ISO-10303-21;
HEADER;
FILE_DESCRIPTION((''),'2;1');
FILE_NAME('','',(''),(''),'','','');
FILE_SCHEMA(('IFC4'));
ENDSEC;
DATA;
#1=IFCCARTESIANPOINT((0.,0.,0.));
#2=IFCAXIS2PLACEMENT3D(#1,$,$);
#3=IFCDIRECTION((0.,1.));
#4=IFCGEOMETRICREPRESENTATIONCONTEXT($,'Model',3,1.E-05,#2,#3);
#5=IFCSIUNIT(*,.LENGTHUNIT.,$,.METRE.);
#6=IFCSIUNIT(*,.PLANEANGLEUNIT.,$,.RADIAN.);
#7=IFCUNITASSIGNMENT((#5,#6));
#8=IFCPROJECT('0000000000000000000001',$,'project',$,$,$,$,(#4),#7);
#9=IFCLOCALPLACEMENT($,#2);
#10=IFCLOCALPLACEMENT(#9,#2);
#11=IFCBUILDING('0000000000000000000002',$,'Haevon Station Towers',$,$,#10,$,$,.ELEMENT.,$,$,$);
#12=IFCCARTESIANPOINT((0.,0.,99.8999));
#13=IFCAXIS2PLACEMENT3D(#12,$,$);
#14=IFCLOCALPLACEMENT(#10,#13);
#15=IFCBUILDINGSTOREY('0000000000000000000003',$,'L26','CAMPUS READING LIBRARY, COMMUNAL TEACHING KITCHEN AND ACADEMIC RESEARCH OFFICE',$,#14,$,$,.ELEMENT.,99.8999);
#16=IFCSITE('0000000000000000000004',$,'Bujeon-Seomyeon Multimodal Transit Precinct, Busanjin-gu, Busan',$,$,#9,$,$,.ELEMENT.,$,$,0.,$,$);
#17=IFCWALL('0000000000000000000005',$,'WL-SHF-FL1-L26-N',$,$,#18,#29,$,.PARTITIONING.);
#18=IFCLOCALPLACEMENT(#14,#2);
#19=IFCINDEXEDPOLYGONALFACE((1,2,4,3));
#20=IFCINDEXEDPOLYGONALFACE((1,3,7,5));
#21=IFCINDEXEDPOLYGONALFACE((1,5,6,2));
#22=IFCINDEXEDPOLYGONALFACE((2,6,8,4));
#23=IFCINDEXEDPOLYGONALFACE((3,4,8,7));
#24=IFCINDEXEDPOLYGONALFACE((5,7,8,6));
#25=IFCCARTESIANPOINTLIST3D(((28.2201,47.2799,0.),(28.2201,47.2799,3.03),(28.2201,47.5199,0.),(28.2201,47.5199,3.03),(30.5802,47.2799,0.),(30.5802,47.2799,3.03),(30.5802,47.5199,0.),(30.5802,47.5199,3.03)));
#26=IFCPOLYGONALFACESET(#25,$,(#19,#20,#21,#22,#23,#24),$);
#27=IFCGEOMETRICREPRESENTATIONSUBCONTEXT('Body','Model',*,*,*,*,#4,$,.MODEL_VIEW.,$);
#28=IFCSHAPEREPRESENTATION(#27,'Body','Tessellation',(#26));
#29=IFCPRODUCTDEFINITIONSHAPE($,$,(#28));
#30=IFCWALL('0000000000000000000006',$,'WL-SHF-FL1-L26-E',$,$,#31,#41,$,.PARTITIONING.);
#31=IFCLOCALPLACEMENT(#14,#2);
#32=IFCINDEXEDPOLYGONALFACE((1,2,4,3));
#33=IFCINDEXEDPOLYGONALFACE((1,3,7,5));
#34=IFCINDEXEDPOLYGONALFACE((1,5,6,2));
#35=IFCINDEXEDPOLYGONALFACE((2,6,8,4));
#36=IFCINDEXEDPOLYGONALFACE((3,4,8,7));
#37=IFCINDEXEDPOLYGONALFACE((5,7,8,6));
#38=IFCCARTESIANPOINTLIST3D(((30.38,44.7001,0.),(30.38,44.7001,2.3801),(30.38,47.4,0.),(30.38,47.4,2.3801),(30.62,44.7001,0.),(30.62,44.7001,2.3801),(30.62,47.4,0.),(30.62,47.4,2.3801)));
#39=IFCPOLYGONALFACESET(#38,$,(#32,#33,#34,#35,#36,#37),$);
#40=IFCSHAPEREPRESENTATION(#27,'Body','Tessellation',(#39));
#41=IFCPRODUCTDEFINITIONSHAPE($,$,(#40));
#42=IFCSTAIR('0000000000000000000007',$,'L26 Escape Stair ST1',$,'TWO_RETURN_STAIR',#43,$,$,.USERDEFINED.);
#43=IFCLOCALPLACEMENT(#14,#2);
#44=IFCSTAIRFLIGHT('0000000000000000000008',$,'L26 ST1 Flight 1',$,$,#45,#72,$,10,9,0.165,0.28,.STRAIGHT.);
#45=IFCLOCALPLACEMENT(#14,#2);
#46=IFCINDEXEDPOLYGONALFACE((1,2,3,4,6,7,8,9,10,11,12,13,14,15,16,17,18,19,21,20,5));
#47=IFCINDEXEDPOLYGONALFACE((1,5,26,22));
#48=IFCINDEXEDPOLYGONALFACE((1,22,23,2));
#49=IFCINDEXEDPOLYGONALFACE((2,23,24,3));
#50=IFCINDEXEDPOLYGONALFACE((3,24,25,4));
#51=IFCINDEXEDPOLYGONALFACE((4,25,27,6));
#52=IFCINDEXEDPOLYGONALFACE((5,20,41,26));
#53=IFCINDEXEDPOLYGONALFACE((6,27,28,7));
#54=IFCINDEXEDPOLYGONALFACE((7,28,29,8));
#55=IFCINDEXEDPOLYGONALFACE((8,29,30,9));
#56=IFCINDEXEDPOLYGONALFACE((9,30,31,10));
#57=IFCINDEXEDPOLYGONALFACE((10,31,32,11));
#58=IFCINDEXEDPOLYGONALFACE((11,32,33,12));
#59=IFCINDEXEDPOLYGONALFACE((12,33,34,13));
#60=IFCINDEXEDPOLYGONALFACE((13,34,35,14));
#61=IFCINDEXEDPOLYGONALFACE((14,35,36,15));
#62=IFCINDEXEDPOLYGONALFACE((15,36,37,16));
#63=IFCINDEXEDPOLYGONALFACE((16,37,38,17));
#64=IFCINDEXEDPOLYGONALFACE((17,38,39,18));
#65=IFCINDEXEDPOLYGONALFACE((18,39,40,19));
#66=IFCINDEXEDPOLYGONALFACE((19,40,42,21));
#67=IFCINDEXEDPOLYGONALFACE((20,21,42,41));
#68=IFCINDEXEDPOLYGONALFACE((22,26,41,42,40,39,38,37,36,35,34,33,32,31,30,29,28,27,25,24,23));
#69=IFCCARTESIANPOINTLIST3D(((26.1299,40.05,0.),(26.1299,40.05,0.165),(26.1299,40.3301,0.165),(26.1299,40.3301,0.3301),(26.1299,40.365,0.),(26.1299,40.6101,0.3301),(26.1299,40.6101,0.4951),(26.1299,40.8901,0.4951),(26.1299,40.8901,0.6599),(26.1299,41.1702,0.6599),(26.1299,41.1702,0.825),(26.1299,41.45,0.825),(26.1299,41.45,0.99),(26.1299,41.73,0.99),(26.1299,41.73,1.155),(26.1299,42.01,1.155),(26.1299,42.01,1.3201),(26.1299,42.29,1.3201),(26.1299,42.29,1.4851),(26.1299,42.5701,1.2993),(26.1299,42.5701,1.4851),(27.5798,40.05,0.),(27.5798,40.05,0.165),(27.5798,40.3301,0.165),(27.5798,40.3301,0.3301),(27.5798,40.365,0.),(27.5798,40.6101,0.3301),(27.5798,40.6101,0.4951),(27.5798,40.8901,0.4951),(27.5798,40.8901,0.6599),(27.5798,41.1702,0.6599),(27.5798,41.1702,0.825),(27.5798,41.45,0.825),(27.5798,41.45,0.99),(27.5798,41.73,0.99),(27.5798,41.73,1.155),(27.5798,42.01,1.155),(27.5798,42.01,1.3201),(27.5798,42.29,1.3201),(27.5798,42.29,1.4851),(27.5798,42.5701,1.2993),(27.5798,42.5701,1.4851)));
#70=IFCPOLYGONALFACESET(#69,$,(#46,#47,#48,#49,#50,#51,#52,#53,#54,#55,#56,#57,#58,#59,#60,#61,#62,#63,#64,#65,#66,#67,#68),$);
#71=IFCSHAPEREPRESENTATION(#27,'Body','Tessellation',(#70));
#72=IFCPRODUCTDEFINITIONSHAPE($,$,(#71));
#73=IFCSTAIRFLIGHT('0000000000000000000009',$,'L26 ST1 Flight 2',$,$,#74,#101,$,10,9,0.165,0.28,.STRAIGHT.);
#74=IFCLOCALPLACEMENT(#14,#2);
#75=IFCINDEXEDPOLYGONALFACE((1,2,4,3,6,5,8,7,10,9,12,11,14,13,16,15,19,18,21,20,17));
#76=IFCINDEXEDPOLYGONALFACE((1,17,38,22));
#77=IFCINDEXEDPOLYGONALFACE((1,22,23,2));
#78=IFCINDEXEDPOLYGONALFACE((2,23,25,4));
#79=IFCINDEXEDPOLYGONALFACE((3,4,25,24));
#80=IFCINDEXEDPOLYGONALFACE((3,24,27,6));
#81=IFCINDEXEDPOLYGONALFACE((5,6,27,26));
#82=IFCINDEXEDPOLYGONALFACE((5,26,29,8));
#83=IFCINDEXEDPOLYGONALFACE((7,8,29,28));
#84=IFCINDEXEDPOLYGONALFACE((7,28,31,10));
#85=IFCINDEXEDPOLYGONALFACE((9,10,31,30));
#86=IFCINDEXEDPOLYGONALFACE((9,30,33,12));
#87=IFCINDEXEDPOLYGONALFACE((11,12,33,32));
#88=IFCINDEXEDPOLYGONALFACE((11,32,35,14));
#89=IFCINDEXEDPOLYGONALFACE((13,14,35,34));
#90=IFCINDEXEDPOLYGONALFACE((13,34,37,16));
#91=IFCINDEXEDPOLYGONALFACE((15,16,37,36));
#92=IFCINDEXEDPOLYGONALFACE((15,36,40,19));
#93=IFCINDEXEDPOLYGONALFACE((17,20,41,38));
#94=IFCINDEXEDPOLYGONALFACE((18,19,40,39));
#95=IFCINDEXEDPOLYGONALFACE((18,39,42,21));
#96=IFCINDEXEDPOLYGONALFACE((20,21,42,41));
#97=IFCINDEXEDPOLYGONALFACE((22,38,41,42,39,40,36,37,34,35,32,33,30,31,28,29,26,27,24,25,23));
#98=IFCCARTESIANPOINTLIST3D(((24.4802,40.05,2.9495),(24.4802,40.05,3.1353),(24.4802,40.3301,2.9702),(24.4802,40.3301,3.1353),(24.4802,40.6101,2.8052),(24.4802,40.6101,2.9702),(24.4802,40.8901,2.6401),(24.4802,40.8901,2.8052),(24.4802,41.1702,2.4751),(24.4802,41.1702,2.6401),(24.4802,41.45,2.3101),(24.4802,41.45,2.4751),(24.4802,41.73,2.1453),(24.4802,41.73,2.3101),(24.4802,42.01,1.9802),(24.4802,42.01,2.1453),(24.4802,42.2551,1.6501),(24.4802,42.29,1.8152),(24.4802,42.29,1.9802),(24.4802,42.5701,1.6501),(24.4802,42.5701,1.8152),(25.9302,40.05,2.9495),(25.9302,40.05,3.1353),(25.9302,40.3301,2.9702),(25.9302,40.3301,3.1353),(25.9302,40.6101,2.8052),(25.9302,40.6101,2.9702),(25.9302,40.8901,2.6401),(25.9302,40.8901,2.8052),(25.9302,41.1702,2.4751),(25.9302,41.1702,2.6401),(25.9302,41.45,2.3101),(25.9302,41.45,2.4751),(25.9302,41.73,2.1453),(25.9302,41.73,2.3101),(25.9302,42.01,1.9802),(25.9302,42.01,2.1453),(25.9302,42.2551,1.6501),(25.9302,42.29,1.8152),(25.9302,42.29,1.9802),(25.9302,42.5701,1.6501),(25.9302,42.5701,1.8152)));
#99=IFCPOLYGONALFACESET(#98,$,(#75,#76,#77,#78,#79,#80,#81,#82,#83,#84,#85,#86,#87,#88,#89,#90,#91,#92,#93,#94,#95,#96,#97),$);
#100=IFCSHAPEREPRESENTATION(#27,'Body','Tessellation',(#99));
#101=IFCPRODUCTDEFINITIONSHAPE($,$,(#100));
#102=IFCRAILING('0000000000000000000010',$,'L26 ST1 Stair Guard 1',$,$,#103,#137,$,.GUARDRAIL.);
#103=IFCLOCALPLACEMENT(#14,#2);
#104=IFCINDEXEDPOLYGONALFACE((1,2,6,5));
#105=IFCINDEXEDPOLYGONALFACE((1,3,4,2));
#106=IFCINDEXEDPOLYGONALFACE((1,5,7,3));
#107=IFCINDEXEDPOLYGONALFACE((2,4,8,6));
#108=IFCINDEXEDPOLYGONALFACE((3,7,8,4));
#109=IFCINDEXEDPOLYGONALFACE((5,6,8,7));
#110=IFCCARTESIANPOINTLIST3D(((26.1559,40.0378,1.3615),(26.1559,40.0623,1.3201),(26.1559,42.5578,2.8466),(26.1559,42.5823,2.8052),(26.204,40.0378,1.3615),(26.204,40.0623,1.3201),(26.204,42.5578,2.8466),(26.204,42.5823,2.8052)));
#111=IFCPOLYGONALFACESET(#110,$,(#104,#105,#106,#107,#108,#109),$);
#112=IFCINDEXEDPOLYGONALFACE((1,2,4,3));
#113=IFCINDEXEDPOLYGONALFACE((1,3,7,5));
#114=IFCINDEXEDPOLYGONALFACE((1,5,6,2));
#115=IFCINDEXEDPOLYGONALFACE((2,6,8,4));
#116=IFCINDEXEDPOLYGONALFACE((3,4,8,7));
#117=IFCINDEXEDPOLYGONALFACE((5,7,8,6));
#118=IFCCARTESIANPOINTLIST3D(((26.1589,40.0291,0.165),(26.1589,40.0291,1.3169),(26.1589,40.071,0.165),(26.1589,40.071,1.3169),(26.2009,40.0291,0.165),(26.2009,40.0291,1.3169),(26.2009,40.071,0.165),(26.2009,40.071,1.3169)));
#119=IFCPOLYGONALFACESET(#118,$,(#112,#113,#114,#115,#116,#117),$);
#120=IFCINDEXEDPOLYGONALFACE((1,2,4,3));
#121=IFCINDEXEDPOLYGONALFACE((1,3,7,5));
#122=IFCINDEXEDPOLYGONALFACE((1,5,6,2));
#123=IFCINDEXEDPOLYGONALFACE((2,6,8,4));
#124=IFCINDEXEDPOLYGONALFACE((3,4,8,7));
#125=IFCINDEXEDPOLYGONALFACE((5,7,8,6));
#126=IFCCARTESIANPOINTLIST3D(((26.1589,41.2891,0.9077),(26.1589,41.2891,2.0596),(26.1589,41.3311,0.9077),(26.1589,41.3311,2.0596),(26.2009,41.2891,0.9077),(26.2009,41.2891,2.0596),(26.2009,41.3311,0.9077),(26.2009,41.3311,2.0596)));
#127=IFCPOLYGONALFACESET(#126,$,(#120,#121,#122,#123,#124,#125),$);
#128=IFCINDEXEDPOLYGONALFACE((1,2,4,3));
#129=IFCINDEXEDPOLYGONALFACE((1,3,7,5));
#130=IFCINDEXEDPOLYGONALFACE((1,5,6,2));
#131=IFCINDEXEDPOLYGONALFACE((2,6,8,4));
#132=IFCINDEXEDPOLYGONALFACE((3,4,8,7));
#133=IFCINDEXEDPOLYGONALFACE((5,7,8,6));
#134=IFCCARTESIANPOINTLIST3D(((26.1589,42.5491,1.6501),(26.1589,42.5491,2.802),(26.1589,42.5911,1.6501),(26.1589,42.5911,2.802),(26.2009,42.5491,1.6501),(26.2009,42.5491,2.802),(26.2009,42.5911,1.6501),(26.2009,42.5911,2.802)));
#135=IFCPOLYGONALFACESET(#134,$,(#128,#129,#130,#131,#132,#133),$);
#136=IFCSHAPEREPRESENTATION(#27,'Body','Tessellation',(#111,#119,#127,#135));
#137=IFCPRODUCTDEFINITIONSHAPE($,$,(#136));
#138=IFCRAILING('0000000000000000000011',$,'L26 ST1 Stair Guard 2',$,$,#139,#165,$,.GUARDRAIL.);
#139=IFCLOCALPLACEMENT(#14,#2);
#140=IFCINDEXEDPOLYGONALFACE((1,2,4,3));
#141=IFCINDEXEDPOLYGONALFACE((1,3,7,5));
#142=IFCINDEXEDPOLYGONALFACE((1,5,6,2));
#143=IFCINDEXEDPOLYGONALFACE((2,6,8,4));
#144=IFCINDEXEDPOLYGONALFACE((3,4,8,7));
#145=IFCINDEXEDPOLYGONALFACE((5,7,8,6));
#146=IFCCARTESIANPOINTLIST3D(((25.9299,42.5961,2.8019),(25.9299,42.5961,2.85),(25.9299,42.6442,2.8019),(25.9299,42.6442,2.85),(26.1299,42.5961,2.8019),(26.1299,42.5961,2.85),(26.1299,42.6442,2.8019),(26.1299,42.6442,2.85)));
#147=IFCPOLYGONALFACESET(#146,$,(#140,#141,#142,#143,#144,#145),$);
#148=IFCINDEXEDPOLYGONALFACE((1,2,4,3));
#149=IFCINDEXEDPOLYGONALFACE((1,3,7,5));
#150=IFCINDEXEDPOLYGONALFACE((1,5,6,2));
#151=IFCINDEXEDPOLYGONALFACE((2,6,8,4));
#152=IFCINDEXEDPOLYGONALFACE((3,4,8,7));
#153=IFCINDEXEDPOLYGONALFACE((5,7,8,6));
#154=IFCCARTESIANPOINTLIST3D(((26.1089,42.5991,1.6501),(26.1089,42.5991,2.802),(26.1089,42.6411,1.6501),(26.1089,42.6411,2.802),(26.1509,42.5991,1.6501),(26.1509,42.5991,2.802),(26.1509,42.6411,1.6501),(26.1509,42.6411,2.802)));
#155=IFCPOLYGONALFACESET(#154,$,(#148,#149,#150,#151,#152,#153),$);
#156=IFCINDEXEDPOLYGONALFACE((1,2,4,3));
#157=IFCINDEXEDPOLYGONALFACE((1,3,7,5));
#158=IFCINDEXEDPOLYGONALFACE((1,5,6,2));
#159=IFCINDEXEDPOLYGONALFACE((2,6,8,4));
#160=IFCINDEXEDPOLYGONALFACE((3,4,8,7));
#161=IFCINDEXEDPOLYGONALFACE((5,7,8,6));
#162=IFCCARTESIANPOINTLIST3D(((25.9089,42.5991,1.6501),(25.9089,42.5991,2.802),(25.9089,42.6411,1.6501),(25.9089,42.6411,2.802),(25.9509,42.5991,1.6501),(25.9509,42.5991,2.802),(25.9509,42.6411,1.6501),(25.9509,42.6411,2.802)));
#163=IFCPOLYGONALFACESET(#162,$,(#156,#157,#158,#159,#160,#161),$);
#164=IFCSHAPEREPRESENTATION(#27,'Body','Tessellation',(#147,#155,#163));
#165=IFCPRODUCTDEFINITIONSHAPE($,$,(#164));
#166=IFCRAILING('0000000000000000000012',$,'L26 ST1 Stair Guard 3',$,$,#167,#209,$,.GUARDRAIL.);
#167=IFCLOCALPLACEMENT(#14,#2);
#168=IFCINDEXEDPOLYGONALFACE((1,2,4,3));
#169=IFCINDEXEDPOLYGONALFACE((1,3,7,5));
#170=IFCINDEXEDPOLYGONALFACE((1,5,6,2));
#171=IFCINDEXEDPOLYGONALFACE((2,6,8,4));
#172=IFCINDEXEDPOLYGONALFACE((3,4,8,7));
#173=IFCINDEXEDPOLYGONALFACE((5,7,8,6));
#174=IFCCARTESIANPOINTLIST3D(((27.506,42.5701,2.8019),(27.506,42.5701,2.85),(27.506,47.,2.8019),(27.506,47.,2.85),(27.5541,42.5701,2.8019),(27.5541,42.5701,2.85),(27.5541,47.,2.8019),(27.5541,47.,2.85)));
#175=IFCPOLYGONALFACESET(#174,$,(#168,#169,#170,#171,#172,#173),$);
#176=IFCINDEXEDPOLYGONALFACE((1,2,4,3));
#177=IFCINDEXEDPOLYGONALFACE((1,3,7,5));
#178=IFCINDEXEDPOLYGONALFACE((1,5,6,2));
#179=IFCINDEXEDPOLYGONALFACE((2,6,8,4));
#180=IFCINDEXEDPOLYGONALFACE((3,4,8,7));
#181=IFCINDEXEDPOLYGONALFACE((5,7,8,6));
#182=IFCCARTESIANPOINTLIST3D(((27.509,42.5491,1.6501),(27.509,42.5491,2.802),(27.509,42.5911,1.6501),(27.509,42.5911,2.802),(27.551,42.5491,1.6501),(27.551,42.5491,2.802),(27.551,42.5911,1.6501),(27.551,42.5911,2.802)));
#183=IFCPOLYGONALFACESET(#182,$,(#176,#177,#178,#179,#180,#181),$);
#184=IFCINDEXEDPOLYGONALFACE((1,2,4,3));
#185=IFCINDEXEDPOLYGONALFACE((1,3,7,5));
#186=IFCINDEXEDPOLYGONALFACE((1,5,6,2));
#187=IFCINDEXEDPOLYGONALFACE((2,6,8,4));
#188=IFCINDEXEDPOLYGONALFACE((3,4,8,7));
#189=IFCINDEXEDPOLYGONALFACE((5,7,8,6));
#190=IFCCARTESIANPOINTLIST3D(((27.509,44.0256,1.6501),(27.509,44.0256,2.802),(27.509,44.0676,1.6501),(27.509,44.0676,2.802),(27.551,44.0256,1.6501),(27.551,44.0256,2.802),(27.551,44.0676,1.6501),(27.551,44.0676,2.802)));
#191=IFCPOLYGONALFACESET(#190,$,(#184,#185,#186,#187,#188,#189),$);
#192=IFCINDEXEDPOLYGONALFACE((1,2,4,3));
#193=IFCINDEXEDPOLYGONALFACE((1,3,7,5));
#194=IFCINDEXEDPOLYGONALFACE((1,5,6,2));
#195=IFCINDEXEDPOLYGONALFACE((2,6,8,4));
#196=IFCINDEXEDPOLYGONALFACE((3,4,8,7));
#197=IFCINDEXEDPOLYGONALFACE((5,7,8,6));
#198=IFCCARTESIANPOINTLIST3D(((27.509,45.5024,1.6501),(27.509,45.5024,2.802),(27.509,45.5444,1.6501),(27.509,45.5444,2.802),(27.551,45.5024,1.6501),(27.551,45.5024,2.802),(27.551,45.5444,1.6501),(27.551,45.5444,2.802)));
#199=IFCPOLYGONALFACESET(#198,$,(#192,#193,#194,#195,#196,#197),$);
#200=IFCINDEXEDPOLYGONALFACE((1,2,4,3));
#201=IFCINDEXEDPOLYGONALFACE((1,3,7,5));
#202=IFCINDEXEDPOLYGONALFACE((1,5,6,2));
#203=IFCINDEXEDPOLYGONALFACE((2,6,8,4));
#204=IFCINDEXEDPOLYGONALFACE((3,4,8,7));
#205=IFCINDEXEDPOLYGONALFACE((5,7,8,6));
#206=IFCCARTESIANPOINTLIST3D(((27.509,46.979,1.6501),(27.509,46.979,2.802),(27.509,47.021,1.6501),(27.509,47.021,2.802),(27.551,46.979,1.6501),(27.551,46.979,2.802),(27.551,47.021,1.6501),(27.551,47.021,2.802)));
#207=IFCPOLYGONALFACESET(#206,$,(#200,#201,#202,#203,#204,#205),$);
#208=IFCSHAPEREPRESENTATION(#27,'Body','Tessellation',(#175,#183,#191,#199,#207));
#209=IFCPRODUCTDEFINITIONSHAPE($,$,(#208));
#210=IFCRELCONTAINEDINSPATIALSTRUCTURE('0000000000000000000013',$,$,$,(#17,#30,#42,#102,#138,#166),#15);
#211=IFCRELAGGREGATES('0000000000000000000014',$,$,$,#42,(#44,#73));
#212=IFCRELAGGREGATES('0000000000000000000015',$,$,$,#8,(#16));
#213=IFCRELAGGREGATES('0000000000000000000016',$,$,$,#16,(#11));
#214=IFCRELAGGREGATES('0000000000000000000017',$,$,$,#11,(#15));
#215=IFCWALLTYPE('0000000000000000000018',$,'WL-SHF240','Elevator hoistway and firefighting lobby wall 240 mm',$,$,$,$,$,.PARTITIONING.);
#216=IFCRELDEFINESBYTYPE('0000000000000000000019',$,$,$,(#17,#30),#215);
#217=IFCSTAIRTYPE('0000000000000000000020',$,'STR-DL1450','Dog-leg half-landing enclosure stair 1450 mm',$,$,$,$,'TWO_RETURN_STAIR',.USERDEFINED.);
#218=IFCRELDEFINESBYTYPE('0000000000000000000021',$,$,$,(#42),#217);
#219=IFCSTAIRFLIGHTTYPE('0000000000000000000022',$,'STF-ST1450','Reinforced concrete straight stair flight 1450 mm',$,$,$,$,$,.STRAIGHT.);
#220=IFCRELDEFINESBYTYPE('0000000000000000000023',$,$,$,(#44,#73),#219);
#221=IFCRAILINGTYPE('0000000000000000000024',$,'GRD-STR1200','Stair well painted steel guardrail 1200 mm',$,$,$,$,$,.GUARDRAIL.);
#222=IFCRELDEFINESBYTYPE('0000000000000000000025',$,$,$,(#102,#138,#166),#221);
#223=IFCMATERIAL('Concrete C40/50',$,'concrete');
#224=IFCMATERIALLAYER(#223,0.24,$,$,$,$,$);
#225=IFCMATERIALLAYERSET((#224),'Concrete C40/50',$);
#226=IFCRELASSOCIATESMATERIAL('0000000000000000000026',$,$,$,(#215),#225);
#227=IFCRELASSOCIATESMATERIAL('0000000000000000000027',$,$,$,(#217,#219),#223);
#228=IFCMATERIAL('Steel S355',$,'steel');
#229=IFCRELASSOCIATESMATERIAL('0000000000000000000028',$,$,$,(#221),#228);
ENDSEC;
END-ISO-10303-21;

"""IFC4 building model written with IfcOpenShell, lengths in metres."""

from ifc_helpers import new_model, si_unit, direction, frame, frame_2d, origin, origin_2d, place, context, subcontext, project, spatial, polyline, rectangle, outline, extrude, material, layer, layer_set, type_object, element, aggregate, save


model = new_model("IFC4")

# Units and contexts
model_context = context("Model", 3, precision=1e-05, world=origin(), true_north=direction((0.0, 1.0)))
body_context = subcontext(model_context, "Body", "Model", "MODEL_VIEW")
ifc_project = project(units=[si_unit("LENGTHUNIT", "METRE"), si_unit("PLANEANGLEUNIT", "RADIAN")], contexts=[model_context])

# Site, building, storey
site_placement = place(None, origin())
site = spatial("IfcSite", under=ifc_project, at=site_placement, Name="Bujeon-Seomyeon Multimodal Transit Precinct, Busanjin-gu, Busan", CompositionType="ELEMENT", RefElevation=0.0)
building_placement = place(site_placement, origin())
building = spatial("IfcBuilding", under=site, at=building_placement, Name="Haevon Station Towers", CompositionType="ELEMENT")
storey_placement = place(building_placement, frame((0.0, 0.0, 99.8999)))
storey = spatial("IfcBuildingStorey", under=building, at=storey_placement, Name="L26", Description="CAMPUS READING LIBRARY, COMMUNAL TEACHING KITCHEN AND ACADEMIC RESEARCH OFFICE", CompositionType="ELEMENT", Elevation=99.8999)

# Shared definitions
ifc_material_1 = material(Name="Steel S355", Category="steel")

# Shared definitions
ifc_material_2 = material(Name="Concrete C40/50", Category="concrete")
ifc_layer_1 = layer(ifc_material_2, 0.24)
ifc_layer_set_1 = layer_set([ifc_layer_1], Name="Concrete C40/50")
wall_type_1 = type_object("IfcWallType", Name="WL-SHF240", Description="Elevator hoistway and firefighting lobby wall 240 mm", PredefinedType="PARTITIONING", material=ifc_layer_set_1)

# Walls
wall_1_placement = place(storey_placement, frame((28.22, 47.3999, 0.0), z_axis=(0.0, 0.0, 1.0), x_axis=(1.0, 0.0, 0.0)))
element("IfcWall", 1, at=wall_1_placement, inside=storey, type_object=wall_type_1, Name="WL-SHF-FL1-L26-N", PredefinedType="PARTITIONING", context=body_context, shape_type="SweptSolid", body=[
    extrude(rectangle(XDim=2.3601, YDim=0.24, at=frame_2d((1.1802, 0.0))), origin(), (0.0, 0.0, 1.0), 3.03),
])
wall_2_placement = place(storey_placement, frame((30.5, 44.7, 0.0), z_axis=(0.0, 0.0, 1.0), x_axis=(0.0, 1.0, 0.0)))
element("IfcWall", 2, at=wall_2_placement, inside=storey, type_object=wall_type_1, Name="WL-SHF-FL1-L26-E", PredefinedType="PARTITIONING", context=body_context, shape_type="SweptSolid", body=[
    extrude(rectangle(XDim=2.7, YDim=0.24, at=frame_2d((1.3501, 0.0))), origin(), (0.0, 0.0, 1.0), 2.3801),
])

# Stair, stair flights
stair_type = type_object("IfcStairType", Name="STR-DL1450", Description="Dog-leg half-landing enclosure stair 1450 mm", ElementType="TWO_RETURN_STAIR", PredefinedType="USERDEFINED", material=ifc_material_2)
stair_placement = place(storey_placement, origin())
stair = element("IfcStair", 3, at=stair_placement, inside=storey, type_object=stair_type, Name="L26 Escape Stair ST1", ObjectType="TWO_RETURN_STAIR", PredefinedType="USERDEFINED")
stair_flight_type = type_object("IfcStairFlightType", Name="STF-ST1450", Description="Reinforced concrete straight stair flight 1450 mm", PredefinedType="STRAIGHT", material=ifc_material_2)
stair_flight_1_placement = place(storey_placement, frame((26.855, 40.05, 0.0), z_axis=(0.0, 0.0, 1.0), x_axis=(0.0, 1.0, 0.0)))
stair_flight_1 = element("IfcStairFlight", 4, at=stair_flight_1_placement, type_object=stair_flight_type, Name="L26 ST1 Flight 1", NumberOfRisers=10, NumberOfTreads=9, PredefinedType="STRAIGHT", RiserHeight=0.165, TreadLength=0.28, context=body_context, shape_type="SweptSolid", body=[
    extrude(outline(polyline([(0.0, 0.0), (0.0, 0.165), (0.28, 0.165), (0.28, 0.3301), (0.5601, 0.3301), (0.5601, 0.4951), (0.8401, 0.4951), (0.8401, 0.6599), (1.1201, 0.6599), (1.1201, 0.825), (1.3999, 0.825), (1.3999, 0.99), (1.6799, 0.99), (1.6799, 1.155), (1.96, 1.155), (1.96, 1.3201), (2.24, 1.3201), (2.24, 1.4851), (2.52, 1.4851), (2.52, 1.6499), (2.52, 1.2993), (0.3149, 0.0), (0.0, 0.0)])), frame((0.0, 0.7251, 0.0), z_axis=(0.0, -1.0, 0.0), x_axis=(1.0, 0.0, 0.0)), (0.0, 0.0, 1.0), 1.45),
])
stair_flight_2_placement = place(storey_placement, frame((25.2051, 42.5701, 1.6501), z_axis=(0.0, 0.0, 1.0), x_axis=(0.0, -1.0, 0.0)))
stair_flight_2 = element("IfcStairFlight", 5, at=stair_flight_2_placement, type_object=stair_flight_type, Name="L26 ST1 Flight 2", NumberOfRisers=10, NumberOfTreads=9, PredefinedType="STRAIGHT", RiserHeight=0.165, TreadLength=0.28, context=body_context, shape_type="SweptSolid", body=[
    extrude(outline(polyline([(0.0, 0.0), (0.0, 0.165), (0.28, 0.165), (0.28, 0.3301), (0.5601, 0.3301), (0.5601, 0.4951), (0.8401, 0.4951), (0.8401, 0.6599), (1.1201, 0.6599), (1.1201, 0.825), (1.3999, 0.825), (1.3999, 0.99), (1.6799, 0.99), (1.6799, 1.155), (1.96, 1.155), (1.96, 1.3201), (2.24, 1.3201), (2.24, 1.4851), (2.52, 1.4851), (2.52, 1.6499), (2.52, 1.2993), (0.3149, 0.0), (0.0, 0.0)])), frame((0.0, 0.7251, 0.0), z_axis=(0.0, -1.0, 0.0), x_axis=(1.0, 0.0, 0.0)), (0.0, 0.0, 1.0), 1.45),
])
aggregate(stair, [stair_flight_1, stair_flight_2])

# Railings
railing_type_1 = type_object("IfcRailingType", Name="GRD-STR1200", Description="Stair well painted steel guardrail 1200 mm", PredefinedType="GUARDRAIL", material=ifc_material_1)
railing_1_placement = place(storey_placement, frame((26.1799, 40.05, 0.165)))
element("IfcRailing", 6, at=railing_1_placement, inside=storey, type_object=railing_type_1, Name="L26 ST1 Stair Guard 1", PredefinedType="GUARDRAIL", context=body_context, shape_type="SweptSolid", body=[
    extrude(rectangle(XDim=0.0481, YDim=0.0481, at=origin_2d()), frame((0.0, 0.0, 1.1758), z_axis=(0.0, 0.861524, 0.507717), x_axis=(-1.0, 0.0, 0.0)), (0.0, 0.0, 1.0), 2.925),
    extrude(rectangle(XDim=0.042, YDim=0.042, at=origin_2d()), origin(), (0.0, 0.0, 1.0), 1.1519),
    extrude(rectangle(XDim=0.042, YDim=0.042, at=origin_2d()), frame((0.0, 1.26, 0.7427)), (0.0, 0.0, 1.0), 1.1519),
    extrude(rectangle(XDim=0.042, YDim=0.042, at=origin_2d()), frame((0.0, 2.52, 1.4851)), (0.0, 0.0, 1.0), 1.1519),
])
railing_2_placement = place(storey_placement, frame((26.1299, 42.6201, 1.6501)))
element("IfcRailing", 7, at=railing_2_placement, inside=storey, type_object=railing_type_1, Name="L26 ST1 Stair Guard 2", PredefinedType="GUARDRAIL", context=body_context, shape_type="SweptSolid", body=[
    extrude(rectangle(XDim=0.0481, YDim=0.0481, at=origin_2d()), frame((0.0, 0.0, 1.1758), z_axis=(-1.0, 0.0, 0.0), x_axis=(0.0, -1.0, 0.0)), (0.0, 0.0, 1.0), 0.2),
    extrude(rectangle(XDim=0.042, YDim=0.042, at=origin_2d()), origin(), (0.0, 0.0, 1.0), 1.1519),
    extrude(rectangle(XDim=0.042, YDim=0.042, at=origin_2d()), frame((-0.2, 0.0, 0.0)), (0.0, 0.0, 1.0), 1.1519),
])
railing_3_placement = place(storey_placement, frame((27.53, 42.5701, 1.6501)))
element("IfcRailing", 8, at=railing_3_placement, inside=storey, type_object=railing_type_1, Name="L26 ST1 Stair Guard 3", PredefinedType="GUARDRAIL", context=body_context, shape_type="SweptSolid", body=[
    extrude(rectangle(XDim=0.0481, YDim=0.0481, at=origin_2d()), frame((0.0, 0.0, 1.1758), z_axis=(0.0, 1.0, 0.0), x_axis=(-1.0, 0.0, 0.0)), (0.0, 0.0, 1.0), 4.4299),
    extrude(rectangle(XDim=0.042, YDim=0.042, at=origin_2d()), origin(), (0.0, 0.0, 1.0), 1.1519),
    extrude(rectangle(XDim=0.042, YDim=0.042, at=origin_2d()), frame((0.0, 1.4766, 0.0)), (0.0, 0.0, 1.0), 1.1519),
    extrude(rectangle(XDim=0.042, YDim=0.042, at=origin_2d()), frame((0.0, 2.9534, 0.0)), (0.0, 0.0, 1.0), 1.1519),
    extrude(rectangle(XDim=0.042, YDim=0.042, at=origin_2d()), frame((0.0, 4.4299, 0.0)), (0.0, 0.0, 1.0), 1.1519),
])

save(model, "model.ifc")
